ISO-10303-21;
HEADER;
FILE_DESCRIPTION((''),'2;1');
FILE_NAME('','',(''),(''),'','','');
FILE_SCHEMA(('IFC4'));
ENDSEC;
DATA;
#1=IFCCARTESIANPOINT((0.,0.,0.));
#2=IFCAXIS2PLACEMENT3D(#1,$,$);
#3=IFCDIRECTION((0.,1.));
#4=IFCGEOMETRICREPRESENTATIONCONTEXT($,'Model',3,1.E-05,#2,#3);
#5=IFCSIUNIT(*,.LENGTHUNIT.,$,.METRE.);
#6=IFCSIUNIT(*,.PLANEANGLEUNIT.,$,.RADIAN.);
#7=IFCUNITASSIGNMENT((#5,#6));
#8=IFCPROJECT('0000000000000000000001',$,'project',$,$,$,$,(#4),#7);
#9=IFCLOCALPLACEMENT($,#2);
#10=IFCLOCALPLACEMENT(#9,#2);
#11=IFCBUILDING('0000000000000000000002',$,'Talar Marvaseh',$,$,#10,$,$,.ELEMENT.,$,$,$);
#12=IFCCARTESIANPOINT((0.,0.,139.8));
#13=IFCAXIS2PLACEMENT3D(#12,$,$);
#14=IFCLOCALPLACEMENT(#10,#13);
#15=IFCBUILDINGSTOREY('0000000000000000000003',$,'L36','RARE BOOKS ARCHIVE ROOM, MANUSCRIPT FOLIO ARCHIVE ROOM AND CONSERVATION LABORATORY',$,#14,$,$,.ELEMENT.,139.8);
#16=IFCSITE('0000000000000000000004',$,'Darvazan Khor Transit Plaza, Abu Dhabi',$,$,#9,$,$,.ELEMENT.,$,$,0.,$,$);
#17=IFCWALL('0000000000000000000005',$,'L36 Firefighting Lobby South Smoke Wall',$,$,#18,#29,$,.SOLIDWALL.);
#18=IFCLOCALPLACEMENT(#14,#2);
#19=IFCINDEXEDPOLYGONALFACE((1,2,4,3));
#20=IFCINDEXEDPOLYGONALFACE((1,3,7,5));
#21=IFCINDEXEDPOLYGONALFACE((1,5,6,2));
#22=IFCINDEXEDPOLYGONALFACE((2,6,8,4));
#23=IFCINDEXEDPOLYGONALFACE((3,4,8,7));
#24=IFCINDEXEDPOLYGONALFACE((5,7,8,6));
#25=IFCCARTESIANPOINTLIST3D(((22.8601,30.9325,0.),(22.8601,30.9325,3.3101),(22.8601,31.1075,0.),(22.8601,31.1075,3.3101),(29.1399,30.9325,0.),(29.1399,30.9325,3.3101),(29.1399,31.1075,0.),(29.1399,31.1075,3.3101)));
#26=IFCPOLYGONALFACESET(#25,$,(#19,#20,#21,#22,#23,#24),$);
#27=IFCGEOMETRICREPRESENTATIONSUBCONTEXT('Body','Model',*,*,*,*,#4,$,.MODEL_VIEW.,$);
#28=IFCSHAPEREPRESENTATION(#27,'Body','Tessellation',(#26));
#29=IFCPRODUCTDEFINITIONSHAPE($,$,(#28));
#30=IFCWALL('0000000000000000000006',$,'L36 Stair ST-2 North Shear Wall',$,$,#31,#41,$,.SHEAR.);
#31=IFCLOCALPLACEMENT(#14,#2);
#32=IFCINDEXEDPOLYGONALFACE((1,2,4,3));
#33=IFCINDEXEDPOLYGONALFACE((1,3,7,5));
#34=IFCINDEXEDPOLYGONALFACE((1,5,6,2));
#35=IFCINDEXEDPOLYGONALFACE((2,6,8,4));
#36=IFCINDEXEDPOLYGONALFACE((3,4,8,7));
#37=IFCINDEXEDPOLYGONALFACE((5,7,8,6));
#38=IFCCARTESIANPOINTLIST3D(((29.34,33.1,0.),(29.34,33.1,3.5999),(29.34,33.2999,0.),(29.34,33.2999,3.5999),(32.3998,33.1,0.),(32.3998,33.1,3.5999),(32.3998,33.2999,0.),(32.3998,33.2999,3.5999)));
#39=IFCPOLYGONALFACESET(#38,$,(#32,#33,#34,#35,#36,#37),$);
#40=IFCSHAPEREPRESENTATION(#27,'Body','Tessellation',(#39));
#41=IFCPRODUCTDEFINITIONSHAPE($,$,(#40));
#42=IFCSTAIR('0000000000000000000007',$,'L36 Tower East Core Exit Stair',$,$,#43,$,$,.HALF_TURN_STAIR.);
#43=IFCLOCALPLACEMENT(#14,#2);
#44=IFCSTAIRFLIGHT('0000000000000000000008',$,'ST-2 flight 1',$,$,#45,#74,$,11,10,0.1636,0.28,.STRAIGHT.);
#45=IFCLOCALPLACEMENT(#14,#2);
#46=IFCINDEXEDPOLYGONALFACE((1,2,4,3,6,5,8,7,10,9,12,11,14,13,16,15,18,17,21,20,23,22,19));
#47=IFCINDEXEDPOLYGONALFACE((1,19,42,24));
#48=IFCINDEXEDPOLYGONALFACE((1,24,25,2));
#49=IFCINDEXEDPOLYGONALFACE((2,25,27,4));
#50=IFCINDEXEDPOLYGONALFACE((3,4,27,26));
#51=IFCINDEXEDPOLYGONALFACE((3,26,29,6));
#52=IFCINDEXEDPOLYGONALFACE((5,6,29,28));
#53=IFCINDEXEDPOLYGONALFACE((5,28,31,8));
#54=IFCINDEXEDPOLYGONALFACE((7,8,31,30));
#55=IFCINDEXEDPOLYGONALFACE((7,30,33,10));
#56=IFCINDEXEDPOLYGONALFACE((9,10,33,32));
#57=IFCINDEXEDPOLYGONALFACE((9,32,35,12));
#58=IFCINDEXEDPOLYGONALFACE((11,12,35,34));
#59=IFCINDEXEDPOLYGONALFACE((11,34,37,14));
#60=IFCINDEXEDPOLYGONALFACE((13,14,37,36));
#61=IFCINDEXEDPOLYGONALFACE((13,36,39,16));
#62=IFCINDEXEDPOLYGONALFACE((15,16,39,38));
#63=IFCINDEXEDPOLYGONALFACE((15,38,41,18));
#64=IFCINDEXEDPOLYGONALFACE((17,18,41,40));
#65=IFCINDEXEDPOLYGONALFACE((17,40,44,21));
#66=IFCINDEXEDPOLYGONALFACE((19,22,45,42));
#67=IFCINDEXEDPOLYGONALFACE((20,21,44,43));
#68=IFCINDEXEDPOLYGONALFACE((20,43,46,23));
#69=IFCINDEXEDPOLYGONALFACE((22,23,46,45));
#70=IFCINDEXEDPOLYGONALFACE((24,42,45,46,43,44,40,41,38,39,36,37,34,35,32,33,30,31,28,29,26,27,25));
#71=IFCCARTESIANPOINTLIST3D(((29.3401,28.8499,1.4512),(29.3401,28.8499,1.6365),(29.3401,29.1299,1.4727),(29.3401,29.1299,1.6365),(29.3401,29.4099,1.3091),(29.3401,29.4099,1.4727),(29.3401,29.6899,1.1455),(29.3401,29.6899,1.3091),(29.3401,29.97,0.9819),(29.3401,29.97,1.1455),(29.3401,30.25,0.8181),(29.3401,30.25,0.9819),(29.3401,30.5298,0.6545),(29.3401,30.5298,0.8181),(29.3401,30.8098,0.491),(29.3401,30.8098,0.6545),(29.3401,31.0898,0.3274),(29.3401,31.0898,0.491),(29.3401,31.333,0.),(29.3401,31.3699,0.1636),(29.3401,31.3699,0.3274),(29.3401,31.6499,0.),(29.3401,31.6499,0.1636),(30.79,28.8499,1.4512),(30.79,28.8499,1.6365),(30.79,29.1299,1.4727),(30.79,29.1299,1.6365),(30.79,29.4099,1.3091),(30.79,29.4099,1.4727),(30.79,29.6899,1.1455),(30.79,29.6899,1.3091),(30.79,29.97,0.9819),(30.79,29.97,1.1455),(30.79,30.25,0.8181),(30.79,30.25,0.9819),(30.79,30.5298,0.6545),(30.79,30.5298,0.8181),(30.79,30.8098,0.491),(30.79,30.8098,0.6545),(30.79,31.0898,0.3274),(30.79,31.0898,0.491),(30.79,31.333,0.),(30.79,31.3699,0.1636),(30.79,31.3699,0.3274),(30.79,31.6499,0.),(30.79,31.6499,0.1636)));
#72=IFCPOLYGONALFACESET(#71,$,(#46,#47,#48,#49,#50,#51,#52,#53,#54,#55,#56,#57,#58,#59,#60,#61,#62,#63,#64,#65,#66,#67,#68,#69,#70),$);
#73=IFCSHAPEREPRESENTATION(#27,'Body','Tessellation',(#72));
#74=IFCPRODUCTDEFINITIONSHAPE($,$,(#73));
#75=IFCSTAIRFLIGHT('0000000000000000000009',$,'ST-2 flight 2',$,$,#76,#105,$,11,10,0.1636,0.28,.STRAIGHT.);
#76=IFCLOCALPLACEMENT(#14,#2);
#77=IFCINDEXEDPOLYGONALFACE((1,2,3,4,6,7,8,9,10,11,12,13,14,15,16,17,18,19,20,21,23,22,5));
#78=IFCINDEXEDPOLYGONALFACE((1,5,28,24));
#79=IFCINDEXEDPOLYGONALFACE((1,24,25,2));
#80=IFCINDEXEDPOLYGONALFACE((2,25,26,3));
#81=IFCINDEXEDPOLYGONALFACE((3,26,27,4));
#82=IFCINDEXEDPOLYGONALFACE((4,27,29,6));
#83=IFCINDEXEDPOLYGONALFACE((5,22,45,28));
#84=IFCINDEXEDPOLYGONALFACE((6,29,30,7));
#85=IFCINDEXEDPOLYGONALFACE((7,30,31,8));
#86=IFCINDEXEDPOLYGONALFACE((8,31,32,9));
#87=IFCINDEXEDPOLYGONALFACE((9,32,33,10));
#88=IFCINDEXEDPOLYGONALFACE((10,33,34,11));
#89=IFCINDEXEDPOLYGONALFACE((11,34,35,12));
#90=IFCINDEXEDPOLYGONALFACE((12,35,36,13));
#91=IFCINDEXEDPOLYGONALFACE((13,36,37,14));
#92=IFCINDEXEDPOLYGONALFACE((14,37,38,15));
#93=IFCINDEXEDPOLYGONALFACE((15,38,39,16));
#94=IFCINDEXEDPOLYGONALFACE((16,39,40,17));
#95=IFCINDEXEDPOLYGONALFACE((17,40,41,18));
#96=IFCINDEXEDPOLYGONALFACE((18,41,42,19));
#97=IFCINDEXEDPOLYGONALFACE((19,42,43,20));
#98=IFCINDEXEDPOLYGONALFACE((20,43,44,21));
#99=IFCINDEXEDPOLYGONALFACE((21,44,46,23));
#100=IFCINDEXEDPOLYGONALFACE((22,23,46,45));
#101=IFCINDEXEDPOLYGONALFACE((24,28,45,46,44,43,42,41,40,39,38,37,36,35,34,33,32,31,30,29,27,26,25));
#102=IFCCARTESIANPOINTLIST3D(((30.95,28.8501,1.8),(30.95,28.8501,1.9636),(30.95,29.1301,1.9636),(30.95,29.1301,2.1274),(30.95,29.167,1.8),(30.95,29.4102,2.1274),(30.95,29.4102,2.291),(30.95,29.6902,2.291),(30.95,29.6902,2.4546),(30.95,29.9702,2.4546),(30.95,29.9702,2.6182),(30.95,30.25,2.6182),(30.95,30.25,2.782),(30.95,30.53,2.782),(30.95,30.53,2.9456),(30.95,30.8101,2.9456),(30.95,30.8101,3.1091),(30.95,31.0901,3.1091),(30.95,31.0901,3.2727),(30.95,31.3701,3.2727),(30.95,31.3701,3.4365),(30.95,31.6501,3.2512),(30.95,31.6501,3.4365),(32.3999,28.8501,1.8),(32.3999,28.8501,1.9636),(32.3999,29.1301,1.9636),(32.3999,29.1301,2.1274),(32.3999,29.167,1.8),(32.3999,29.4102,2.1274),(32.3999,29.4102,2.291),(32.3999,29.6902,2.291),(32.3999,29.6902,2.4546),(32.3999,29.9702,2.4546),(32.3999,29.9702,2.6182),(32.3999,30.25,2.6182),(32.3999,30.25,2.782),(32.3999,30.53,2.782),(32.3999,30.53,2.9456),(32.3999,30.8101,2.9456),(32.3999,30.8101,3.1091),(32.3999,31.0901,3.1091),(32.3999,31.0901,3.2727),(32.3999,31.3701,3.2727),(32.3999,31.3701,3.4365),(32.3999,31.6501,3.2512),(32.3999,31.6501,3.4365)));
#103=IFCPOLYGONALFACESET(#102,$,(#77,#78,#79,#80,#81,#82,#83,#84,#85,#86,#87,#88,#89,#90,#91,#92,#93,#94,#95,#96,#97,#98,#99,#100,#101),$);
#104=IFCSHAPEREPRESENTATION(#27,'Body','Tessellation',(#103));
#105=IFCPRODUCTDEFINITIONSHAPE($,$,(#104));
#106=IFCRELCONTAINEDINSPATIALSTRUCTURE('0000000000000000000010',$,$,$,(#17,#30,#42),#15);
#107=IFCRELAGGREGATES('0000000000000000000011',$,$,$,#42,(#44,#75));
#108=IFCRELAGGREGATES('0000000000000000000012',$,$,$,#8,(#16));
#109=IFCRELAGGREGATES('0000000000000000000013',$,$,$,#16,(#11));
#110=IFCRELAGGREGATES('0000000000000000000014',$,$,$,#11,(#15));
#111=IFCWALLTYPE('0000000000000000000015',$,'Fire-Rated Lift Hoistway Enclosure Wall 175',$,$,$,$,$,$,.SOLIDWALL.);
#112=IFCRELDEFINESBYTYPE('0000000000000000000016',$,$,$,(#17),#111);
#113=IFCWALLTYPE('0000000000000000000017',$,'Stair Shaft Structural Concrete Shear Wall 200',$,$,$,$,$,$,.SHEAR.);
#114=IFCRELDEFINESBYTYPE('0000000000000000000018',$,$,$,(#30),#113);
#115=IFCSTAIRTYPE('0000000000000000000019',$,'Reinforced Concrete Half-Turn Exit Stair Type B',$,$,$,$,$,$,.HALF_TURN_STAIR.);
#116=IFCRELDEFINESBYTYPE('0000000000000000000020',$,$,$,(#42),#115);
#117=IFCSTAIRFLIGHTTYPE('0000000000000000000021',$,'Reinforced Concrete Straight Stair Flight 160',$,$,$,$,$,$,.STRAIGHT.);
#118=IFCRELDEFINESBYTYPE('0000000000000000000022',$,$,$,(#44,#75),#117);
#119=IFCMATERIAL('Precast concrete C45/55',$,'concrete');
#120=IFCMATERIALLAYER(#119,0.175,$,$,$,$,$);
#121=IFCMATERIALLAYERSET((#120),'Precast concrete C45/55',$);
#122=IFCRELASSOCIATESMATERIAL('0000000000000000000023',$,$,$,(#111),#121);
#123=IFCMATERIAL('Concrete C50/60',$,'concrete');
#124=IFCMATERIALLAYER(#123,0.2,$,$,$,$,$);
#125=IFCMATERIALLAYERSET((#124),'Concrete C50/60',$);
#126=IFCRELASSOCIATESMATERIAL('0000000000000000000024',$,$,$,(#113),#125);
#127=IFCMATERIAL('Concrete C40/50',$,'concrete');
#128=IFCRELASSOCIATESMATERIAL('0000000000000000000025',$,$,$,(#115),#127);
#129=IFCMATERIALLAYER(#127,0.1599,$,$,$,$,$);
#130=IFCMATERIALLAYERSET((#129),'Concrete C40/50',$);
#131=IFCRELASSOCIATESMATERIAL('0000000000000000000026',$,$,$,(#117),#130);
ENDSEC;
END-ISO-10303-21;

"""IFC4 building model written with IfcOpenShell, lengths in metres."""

from ifc_helpers import new_model, si_unit, direction, frame, frame_2d, origin, place, context, subcontext, project, spatial, polyline, rectangle, outline, extrude, material, layer, layer_set, type_object, element, aggregate, save


model = new_model("IFC4")

# Units and contexts
model_context = context("Model", 3, precision=1e-05, world=origin(), true_north=direction((0.0, 1.0)))
body_context = subcontext(model_context, "Body", "Model", "MODEL_VIEW")
ifc_project = project(units=[si_unit("LENGTHUNIT", "METRE"), si_unit("PLANEANGLEUNIT", "RADIAN")], contexts=[model_context])

# Site, building, storey
site_placement = place(None, origin())
site = spatial("IfcSite", under=ifc_project, at=site_placement, Name="Darvazan Khor Transit Plaza, Abu Dhabi", CompositionType="ELEMENT", RefElevation=0.0)
building_placement = place(site_placement, origin())
building = spatial("IfcBuilding", under=site, at=building_placement, Name="Talar Marvaseh", CompositionType="ELEMENT")
storey_placement = place(building_placement, frame((0.0, 0.0, 139.8)))
storey = spatial("IfcBuildingStorey", under=building, at=storey_placement, Name="L36", Description="RARE BOOKS ARCHIVE ROOM, MANUSCRIPT FOLIO ARCHIVE ROOM AND CONSERVATION LABORATORY", CompositionType="ELEMENT", Elevation=139.8)

# Shared definitions
ifc_material_1 = material(Name="Concrete C40/50", Category="concrete")

# Shared definitions
ifc_material_2 = material(Name="Precast concrete C45/55", Category="concrete")

# Shared definitions
ifc_layer_1 = layer(ifc_material_2, 0.175)
ifc_layer_set_1 = layer_set([ifc_layer_1], Name="Precast concrete C45/55")
wall_type_1 = type_object("IfcWallType", Name="Fire-Rated Lift Hoistway Enclosure Wall 175", PredefinedType="SOLIDWALL", material=ifc_layer_set_1)

# Walls
wall_1_placement = place(storey_placement, frame((22.8601, 31.02, 0.0), z_axis=(0.0, 0.0, 1.0), x_axis=(1.0, 0.0, 0.0)))
element("IfcWall", 1, at=wall_1_placement, inside=storey, type_object=wall_type_1, Name="L36 Firefighting Lobby South Smoke Wall", PredefinedType="SOLIDWALL", context=body_context, shape_type="SweptSolid", body=[
    extrude(rectangle(XDim=6.2798, YDim=0.175, at=frame_2d((3.1399, 0.0))), origin(), (0.0, 0.0, 1.0), 3.3101),
])
ifc_material_3 = material(Name="Concrete C50/60", Category="concrete")
ifc_layer_2 = layer(ifc_material_3, 0.2)
ifc_layer_set_2 = layer_set([ifc_layer_2], Name="Concrete C50/60")
wall_type_2 = type_object("IfcWallType", Name="Stair Shaft Structural Concrete Shear Wall 200", PredefinedType="SHEAR", material=ifc_layer_set_2)
wall_2_placement = place(storey_placement, frame((29.3401, 33.2, 0.0), z_axis=(0.0, 0.0, 1.0), x_axis=(1.0, 0.0, 0.0)))
element("IfcWall", 2, at=wall_2_placement, inside=storey, type_object=wall_type_2, Name="L36 Stair ST-2 North Shear Wall", PredefinedType="SHEAR", context=body_context, shape_type="SweptSolid", body=[
    extrude(rectangle(XDim=3.0598, YDim=0.2, at=frame_2d((1.5298, 0.0))), origin(), (0.0, 0.0, 1.0), 3.5999),
])

# Stair, stair flights
stair_type = type_object("IfcStairType", Name="Reinforced Concrete Half-Turn Exit Stair Type B", PredefinedType="HALF_TURN_STAIR", material=ifc_material_1)
stair_placement = place(storey_placement, origin())
stair = element("IfcStair", 3, at=stair_placement, inside=storey, type_object=stair_type, Name="L36 Tower East Core Exit Stair", PredefinedType="HALF_TURN_STAIR")
ifc_layer_3 = layer(ifc_material_1, 0.1599)
ifc_layer_set_3 = layer_set([ifc_layer_3], Name="Concrete C40/50")
stair_flight_type = type_object("IfcStairFlightType", Name="Reinforced Concrete Straight Stair Flight 160", PredefinedType="STRAIGHT", material=ifc_layer_set_3)
stair_flight_1_placement = place(storey_placement, frame((30.0649, 31.6499, 0.0), z_axis=(0.0, 0.0, 1.0), x_axis=(0.0, -1.0, 0.0)))
stair_flight_1 = element("IfcStairFlight", 4, at=stair_flight_1_placement, type_object=stair_flight_type, Name="ST-2 flight 1", NumberOfRisers=11, NumberOfTreads=10, PredefinedType="STRAIGHT", RiserHeight=0.1636, TreadLength=0.28, context=body_context, shape_type="SweptSolid", body=[
    extrude(outline(polyline([(0.0, 0.0), (0.0, 0.1636), (0.28, 0.1636), (0.28, 0.3274), (0.5601, 0.3274), (0.5601, 0.491), (0.8401, 0.491), (0.8401, 0.6545), (1.1201, 0.6545), (1.1201, 0.8181), (1.3999, 0.8181), (1.3999, 0.9819), (1.6799, 0.9819), (1.6799, 1.1455), (1.96, 1.1455), (1.96, 1.3091), (2.24, 1.3091), (2.24, 1.4727), (2.52, 1.4727), (2.52, 1.6365), (2.8, 1.6365), (2.8, 1.8), (2.8, 1.4512), (0.3169, 0.0), (0.0, 0.0)])), frame((0.0, 0.7251, 0.0), z_axis=(0.0, -1.0, 0.0), x_axis=(1.0, 0.0, 0.0)), (0.0, 0.0, 1.0), 1.45),
])
stair_flight_2_placement = place(storey_placement, frame((31.675, 28.8501, 1.8), z_axis=(0.0, 0.0, 1.0), x_axis=(0.0, 1.0, 0.0)))
stair_flight_2 = element("IfcStairFlight", 5, at=stair_flight_2_placement, type_object=stair_flight_type, Name="ST-2 flight 2", NumberOfRisers=11, NumberOfTreads=10, PredefinedType="STRAIGHT", RiserHeight=0.1636, TreadLength=0.28, context=body_context, shape_type="SweptSolid", body=[
    extrude(outline(polyline([(0.0, 0.0), (0.0, 0.1636), (0.28, 0.1636), (0.28, 0.3274), (0.5601, 0.3274), (0.5601, 0.491), (0.8401, 0.491), (0.8401, 0.6545), (1.1201, 0.6545), (1.1201, 0.8181), (1.3999, 0.8181), (1.3999, 0.9819), (1.6799, 0.9819), (1.6799, 1.1455), (1.96, 1.1455), (1.96, 1.3091), (2.24, 1.3091), (2.24, 1.4727), (2.52, 1.4727), (2.52, 1.6365), (2.8, 1.6365), (2.8, 1.8), (2.8, 1.4512), (0.3169, 0.0), (0.0, 0.0)])), frame((0.0, 0.7251, 0.0), z_axis=(0.0, -1.0, 0.0), x_axis=(1.0, 0.0, 0.0)), (0.0, 0.0, 1.0), 1.45),
])
aggregate(stair, [stair_flight_1, stair_flight_2])

save(model, "model.ifc")
